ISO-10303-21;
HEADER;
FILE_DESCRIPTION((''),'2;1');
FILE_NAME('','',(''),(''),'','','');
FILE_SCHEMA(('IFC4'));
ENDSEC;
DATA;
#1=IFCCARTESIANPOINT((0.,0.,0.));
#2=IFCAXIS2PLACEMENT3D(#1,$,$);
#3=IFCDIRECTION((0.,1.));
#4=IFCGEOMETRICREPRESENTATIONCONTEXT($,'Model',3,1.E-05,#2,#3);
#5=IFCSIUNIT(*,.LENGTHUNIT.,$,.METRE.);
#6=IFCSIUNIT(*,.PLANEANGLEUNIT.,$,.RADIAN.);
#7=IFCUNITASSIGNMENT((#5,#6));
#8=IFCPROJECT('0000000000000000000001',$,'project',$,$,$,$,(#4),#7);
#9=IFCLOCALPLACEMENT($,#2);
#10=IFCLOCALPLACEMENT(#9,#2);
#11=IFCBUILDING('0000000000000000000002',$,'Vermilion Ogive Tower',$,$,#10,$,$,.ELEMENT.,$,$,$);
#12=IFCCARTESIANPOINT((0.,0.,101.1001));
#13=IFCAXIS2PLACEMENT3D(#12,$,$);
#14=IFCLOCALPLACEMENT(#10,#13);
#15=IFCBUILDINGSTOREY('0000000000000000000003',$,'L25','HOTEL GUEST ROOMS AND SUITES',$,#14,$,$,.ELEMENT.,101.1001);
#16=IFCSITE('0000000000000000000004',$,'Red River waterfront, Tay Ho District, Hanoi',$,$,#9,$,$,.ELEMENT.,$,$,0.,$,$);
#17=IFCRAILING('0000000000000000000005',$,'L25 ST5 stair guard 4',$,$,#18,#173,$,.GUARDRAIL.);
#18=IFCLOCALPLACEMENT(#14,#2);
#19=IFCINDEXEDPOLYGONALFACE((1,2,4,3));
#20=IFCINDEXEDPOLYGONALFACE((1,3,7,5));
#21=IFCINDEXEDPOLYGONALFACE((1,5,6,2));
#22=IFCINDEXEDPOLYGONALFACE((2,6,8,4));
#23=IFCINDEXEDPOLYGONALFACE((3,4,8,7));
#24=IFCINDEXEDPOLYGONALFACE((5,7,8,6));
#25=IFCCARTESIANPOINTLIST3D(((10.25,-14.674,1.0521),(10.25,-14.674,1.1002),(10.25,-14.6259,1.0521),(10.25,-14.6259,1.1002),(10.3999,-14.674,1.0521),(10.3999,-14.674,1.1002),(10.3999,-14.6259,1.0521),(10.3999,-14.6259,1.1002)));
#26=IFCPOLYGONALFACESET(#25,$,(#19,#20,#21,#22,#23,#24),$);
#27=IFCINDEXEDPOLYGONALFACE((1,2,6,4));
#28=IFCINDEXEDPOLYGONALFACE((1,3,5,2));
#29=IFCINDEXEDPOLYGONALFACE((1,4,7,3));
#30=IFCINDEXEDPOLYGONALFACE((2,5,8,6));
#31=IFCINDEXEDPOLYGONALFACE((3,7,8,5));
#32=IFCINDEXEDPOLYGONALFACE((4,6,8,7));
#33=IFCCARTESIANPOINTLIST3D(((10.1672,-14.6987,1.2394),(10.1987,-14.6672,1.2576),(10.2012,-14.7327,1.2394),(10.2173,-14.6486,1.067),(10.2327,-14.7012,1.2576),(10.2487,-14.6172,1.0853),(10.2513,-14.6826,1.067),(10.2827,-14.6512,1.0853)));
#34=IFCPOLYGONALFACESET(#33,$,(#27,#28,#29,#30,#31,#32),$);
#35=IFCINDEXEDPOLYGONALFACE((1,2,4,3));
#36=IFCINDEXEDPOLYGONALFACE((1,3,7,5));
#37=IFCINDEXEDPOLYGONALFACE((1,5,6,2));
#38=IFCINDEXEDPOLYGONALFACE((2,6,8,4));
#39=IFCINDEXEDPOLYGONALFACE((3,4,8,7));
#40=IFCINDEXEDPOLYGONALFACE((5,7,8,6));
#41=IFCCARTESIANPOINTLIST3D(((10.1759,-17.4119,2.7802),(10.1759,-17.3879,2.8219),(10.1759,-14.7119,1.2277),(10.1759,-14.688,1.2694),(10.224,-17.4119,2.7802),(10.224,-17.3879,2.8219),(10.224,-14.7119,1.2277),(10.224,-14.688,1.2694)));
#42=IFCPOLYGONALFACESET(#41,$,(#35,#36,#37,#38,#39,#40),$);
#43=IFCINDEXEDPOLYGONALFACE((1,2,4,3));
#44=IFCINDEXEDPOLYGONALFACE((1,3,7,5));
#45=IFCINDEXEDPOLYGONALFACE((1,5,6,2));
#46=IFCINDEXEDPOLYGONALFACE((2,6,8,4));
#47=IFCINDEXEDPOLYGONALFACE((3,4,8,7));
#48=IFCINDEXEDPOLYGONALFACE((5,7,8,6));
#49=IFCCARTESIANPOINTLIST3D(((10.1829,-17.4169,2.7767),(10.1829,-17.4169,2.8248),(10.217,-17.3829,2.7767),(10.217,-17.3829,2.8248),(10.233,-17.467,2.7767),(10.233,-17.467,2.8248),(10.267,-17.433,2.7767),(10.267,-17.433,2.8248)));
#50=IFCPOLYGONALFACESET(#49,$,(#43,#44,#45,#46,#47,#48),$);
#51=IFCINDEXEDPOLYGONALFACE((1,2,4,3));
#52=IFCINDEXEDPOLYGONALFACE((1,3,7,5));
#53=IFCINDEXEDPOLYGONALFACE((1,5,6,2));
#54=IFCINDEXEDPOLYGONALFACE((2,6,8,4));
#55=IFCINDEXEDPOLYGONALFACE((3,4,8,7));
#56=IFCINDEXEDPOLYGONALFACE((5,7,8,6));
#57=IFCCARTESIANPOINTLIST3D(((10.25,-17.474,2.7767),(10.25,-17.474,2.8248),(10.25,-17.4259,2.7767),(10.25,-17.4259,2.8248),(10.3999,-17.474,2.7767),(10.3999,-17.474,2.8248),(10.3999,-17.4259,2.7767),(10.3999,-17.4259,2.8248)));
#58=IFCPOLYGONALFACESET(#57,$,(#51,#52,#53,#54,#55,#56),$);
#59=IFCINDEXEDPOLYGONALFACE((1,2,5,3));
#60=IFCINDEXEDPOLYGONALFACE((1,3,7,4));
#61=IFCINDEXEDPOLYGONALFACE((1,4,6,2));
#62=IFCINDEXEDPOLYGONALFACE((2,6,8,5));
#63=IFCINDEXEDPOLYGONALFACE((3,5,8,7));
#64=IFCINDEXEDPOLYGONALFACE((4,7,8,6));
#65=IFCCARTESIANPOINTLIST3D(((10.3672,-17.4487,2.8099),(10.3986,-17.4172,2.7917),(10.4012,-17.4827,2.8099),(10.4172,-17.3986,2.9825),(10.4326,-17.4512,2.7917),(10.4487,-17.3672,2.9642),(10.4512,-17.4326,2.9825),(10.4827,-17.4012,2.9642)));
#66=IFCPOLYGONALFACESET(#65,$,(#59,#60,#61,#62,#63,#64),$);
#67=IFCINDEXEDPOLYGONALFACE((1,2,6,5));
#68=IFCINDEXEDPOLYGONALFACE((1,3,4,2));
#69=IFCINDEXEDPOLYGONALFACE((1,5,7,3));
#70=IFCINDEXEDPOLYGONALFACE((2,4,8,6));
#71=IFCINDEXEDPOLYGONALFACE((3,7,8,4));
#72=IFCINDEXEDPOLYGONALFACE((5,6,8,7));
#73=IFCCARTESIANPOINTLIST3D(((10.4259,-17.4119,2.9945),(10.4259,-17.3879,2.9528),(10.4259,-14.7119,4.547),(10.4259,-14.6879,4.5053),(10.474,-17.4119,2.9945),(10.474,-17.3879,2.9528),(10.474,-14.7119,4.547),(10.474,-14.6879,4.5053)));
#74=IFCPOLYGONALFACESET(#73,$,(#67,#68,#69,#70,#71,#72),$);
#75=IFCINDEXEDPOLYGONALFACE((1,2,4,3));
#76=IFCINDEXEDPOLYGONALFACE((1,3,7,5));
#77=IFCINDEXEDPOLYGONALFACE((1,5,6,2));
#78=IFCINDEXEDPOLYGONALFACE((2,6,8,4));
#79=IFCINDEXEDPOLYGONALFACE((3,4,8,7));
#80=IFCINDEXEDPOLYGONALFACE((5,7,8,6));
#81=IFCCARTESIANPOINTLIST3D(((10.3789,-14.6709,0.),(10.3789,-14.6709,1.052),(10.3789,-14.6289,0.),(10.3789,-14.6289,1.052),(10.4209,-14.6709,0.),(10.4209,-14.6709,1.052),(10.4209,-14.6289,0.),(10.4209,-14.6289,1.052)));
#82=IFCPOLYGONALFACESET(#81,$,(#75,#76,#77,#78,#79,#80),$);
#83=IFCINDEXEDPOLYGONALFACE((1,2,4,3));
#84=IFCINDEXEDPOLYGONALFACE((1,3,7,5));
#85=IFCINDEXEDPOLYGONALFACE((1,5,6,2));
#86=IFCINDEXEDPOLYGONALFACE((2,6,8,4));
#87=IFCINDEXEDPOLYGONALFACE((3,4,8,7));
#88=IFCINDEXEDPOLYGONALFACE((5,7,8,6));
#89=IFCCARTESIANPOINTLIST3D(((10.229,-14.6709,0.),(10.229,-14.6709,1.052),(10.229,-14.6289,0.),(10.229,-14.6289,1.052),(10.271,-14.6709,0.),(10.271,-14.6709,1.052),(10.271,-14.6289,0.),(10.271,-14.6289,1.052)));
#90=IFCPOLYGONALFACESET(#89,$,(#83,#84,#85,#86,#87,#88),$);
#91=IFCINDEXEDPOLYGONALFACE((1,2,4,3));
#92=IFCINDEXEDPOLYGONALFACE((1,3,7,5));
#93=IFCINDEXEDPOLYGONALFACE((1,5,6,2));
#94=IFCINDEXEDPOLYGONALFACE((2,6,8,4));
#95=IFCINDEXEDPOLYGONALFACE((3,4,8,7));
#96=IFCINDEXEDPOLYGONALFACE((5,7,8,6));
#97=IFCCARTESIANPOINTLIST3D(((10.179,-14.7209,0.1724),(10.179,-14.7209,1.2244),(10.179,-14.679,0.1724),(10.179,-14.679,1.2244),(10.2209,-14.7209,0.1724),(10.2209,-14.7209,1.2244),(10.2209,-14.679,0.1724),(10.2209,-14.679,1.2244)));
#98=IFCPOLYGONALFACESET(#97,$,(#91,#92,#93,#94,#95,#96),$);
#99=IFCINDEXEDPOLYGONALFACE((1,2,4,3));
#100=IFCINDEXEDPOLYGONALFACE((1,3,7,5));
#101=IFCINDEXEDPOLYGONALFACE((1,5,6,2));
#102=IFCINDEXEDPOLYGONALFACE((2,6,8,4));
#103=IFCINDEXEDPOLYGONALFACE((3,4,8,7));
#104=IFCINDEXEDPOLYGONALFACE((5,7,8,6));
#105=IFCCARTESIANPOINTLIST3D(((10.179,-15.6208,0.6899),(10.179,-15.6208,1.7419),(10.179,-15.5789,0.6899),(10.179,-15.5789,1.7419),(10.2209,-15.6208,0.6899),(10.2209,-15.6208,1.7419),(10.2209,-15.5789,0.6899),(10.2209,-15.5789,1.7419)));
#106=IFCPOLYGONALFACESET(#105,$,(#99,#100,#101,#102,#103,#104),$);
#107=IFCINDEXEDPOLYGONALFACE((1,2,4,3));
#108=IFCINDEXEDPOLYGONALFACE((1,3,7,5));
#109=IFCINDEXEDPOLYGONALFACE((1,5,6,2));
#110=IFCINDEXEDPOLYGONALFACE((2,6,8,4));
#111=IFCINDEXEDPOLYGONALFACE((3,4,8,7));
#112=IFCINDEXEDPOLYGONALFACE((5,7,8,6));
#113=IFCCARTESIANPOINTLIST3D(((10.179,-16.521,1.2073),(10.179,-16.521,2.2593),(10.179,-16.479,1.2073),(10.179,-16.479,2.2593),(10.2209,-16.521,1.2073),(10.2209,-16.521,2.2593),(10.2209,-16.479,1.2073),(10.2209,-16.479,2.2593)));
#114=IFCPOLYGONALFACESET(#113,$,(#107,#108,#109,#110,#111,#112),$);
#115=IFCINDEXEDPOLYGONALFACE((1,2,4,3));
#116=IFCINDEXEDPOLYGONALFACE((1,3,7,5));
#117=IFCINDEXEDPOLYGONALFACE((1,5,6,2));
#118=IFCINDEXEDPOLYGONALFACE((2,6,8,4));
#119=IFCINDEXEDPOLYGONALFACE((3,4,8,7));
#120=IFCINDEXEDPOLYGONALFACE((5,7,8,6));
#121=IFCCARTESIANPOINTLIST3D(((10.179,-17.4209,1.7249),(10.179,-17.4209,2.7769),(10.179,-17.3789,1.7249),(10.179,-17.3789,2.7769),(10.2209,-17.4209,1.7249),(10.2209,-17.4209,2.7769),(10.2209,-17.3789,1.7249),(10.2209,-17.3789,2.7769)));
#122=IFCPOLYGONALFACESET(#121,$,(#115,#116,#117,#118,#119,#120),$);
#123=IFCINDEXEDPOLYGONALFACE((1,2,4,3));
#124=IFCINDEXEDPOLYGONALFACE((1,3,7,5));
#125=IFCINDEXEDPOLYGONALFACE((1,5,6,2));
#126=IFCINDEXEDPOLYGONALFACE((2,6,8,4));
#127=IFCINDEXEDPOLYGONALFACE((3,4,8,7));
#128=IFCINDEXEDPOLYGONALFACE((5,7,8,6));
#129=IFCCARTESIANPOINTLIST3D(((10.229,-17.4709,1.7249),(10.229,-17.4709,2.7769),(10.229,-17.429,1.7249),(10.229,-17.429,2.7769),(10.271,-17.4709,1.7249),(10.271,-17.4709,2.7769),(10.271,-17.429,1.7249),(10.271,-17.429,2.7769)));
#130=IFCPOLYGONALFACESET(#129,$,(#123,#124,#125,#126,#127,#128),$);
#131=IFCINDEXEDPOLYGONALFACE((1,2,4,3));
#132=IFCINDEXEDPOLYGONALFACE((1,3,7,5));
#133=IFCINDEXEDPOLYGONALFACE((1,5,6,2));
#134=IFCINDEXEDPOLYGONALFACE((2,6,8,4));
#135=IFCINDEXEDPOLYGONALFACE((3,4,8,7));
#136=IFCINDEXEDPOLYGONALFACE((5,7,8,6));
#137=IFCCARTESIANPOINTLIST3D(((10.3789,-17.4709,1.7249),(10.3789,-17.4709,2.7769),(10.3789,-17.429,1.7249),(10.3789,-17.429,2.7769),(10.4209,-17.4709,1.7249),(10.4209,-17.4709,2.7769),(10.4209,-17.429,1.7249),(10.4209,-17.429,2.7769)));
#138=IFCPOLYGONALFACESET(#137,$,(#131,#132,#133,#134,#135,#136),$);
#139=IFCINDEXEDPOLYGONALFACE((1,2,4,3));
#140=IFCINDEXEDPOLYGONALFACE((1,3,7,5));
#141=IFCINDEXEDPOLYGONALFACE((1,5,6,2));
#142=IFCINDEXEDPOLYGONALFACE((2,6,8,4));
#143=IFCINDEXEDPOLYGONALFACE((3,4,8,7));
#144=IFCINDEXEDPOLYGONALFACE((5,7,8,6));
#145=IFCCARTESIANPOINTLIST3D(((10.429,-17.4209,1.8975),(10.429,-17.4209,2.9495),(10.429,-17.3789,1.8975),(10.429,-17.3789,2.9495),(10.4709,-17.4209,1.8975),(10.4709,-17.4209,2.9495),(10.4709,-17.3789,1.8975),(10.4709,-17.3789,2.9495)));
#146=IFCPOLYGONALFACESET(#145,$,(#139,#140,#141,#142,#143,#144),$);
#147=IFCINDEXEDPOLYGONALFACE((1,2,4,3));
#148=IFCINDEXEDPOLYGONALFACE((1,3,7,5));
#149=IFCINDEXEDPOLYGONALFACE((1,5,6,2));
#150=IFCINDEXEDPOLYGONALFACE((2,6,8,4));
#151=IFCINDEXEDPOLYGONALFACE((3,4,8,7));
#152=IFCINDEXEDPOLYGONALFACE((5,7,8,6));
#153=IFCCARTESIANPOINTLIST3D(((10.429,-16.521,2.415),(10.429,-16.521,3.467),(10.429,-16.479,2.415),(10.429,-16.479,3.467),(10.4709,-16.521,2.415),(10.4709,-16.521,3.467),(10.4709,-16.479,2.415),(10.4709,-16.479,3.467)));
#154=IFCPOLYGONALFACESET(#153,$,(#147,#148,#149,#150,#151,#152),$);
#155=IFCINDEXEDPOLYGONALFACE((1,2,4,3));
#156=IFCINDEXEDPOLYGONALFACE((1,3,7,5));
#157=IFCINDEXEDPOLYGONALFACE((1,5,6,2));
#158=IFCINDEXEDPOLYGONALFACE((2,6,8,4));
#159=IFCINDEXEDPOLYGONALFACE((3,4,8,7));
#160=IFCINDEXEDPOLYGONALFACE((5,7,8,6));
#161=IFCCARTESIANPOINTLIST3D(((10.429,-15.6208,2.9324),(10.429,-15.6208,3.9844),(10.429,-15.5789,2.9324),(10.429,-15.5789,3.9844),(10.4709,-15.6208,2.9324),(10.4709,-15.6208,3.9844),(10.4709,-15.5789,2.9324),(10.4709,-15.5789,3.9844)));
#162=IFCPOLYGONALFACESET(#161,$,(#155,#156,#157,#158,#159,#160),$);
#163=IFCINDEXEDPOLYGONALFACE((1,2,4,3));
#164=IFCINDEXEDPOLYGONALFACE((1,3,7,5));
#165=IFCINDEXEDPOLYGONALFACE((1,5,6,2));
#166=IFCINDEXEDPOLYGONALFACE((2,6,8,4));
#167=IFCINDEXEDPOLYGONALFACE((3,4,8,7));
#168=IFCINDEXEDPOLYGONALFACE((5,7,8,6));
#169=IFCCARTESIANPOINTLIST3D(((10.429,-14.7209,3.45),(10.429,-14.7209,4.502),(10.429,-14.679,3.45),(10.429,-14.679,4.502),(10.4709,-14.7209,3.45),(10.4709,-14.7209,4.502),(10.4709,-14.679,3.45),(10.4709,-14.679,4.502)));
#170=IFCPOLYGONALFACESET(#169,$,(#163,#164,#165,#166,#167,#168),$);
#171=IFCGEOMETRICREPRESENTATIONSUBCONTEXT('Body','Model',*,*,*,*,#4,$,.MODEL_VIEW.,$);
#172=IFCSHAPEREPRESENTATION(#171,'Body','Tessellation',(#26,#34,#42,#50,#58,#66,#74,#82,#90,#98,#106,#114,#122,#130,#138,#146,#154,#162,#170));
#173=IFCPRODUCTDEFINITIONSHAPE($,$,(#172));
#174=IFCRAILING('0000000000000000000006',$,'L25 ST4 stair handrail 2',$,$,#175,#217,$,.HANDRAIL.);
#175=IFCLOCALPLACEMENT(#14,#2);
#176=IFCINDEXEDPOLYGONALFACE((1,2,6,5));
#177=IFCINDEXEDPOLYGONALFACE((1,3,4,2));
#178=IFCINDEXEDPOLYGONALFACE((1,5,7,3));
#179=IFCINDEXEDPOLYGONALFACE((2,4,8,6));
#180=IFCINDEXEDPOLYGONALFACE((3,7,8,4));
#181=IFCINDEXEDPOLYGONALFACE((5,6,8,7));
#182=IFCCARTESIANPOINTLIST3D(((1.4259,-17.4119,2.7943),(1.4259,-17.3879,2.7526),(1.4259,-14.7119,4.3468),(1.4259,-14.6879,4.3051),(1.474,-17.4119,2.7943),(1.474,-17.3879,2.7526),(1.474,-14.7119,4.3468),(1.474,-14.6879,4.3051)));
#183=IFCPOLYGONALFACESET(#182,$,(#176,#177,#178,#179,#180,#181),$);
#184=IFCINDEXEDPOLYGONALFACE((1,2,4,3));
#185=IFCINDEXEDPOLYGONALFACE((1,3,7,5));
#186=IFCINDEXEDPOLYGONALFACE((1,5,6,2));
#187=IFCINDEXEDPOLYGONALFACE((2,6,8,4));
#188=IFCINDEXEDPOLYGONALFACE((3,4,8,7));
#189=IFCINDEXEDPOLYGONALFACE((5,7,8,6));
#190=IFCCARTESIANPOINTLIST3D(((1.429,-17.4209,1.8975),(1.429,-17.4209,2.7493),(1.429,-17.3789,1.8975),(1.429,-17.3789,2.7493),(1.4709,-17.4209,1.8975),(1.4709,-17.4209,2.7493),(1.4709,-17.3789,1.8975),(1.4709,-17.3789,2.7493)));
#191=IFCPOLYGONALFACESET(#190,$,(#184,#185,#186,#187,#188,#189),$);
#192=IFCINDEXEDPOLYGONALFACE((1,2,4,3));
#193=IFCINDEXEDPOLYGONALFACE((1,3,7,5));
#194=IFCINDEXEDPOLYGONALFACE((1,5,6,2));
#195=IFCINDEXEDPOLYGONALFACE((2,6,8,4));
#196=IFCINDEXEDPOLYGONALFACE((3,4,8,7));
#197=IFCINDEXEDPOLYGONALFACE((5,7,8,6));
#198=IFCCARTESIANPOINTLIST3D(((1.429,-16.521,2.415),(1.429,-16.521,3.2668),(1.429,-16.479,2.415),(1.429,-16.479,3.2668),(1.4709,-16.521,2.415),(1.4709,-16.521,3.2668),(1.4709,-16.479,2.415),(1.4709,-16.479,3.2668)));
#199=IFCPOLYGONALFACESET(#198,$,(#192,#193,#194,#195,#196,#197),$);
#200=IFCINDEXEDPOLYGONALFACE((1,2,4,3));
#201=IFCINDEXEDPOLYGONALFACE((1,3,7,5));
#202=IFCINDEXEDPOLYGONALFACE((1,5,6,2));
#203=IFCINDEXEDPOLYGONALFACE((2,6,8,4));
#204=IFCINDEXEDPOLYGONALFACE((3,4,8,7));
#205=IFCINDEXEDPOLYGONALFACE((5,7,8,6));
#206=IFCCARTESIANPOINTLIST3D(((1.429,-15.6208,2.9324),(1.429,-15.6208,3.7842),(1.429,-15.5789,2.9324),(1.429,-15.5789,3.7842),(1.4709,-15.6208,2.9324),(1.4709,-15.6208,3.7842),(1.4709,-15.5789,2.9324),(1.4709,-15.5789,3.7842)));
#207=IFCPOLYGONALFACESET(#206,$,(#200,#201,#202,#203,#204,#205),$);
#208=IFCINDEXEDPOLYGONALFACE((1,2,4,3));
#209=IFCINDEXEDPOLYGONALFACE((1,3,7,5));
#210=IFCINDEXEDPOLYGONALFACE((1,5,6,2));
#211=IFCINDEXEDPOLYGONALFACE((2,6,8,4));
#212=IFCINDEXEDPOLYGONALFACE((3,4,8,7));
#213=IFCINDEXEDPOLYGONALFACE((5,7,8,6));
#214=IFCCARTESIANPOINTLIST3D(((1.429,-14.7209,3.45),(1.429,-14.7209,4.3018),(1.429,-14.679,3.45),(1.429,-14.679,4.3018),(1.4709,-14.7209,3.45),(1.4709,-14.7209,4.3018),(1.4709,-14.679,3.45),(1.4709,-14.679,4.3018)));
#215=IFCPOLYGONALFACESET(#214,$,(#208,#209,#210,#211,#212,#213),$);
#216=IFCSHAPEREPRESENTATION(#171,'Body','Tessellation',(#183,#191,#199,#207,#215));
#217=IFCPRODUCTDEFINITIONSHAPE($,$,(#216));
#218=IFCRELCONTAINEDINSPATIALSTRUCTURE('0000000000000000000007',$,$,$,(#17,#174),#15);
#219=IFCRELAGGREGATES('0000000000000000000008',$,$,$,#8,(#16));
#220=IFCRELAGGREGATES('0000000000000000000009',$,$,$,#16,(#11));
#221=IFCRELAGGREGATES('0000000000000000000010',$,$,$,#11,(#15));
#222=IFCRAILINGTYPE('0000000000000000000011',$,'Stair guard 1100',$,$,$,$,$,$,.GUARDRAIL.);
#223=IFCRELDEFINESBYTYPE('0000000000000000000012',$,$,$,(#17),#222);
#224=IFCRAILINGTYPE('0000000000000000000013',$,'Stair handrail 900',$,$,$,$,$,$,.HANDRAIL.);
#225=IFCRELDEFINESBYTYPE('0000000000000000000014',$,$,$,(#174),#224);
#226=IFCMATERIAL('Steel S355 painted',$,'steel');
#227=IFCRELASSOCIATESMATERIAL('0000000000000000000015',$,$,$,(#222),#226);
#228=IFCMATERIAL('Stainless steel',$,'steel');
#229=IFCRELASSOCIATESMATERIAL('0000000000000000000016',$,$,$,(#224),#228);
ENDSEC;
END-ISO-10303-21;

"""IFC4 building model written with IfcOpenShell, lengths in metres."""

from ifc_helpers import new_model, si_unit, direction, frame, origin, origin_2d, place, context, subcontext, project, spatial, rectangle, extrude, material, type_object, element, save


model = new_model("IFC4")

# Units and contexts
model_context = context("Model", 3, precision=1e-05, world=origin(), true_north=direction((0.0, 1.0)))
body_context = subcontext(model_context, "Body", "Model", "MODEL_VIEW")
ifc_project = project(units=[si_unit("LENGTHUNIT", "METRE"), si_unit("PLANEANGLEUNIT", "RADIAN")], contexts=[model_context])

# Site, building, storey
site_placement = place(None, origin())
site = spatial("IfcSite", under=ifc_project, at=site_placement, Name="Red River waterfront, Tay Ho District, Hanoi", CompositionType="ELEMENT", RefElevation=0.0)
building_placement = place(site_placement, origin())
building = spatial("IfcBuilding", under=site, at=building_placement, Name="Vermilion Ogive Tower", CompositionType="ELEMENT")
storey_placement = place(building_placement, frame((0.0, 0.0, 101.1001)))
storey = spatial("IfcBuildingStorey", under=building, at=storey_placement, Name="L25", Description="HOTEL GUEST ROOMS AND SUITES", CompositionType="ELEMENT", Elevation=101.1001)

# Railings
ifc_material_1 = material(Name="Steel S355 painted", Category="steel")
railing_type_1 = type_object("IfcRailingType", Name="Stair guard 1100", PredefinedType="GUARDRAIL", material=ifc_material_1)
railing_1_placement = place(storey_placement, frame((10.3999, -14.6499, 0.0)))
element("IfcRailing", 1, at=railing_1_placement, inside=storey, type_object=railing_type_1, Name="L25 ST5 stair guard 4", PredefinedType="GUARDRAIL", context=body_context, shape_type="SweptSolid", body=[
    extrude(rectangle(XDim=0.0481, YDim=0.0481, at=origin_2d()), frame((0.0, 0.0, 1.0762), z_axis=(-1.0, 0.0, 0.0), x_axis=(0.0, -1.0, 0.0)), (0.0, 0.0, 1.0), 0.1499),
    extrude(rectangle(XDim=0.0481, YDim=0.0481, at=origin_2d()), frame((-0.1499, 0.0, 1.0762), z_axis=(-0.268603, -0.268603, 0.925043), x_axis=(0.707107, -0.707107, 0.0)), (0.0, 0.0, 1.0), 0.1863),
    extrude(rectangle(XDim=0.0481, YDim=0.0481, at=origin_2d()), frame((-0.2, -0.05, 1.2485), z_axis=(0.0, -0.866904, 0.498476), x_axis=(1.0, 0.0, 0.0)), (0.0, 0.0, 1.0), 3.1145),
    extrude(rectangle(XDim=0.0481, YDim=0.0481, at=origin_2d()), frame((-0.2, -2.75, 2.8008), z_axis=(0.707107, -0.707107, 0.0), x_axis=(0.707107, 0.707107, 0.0)), (0.0, 0.0, 1.0), 0.0708),
    extrude(rectangle(XDim=0.0481, YDim=0.0481, at=origin_2d()), frame((-0.1499, -2.8, 2.8008), z_axis=(1.0, 0.0, 0.0), x_axis=(0.0, 1.0, 0.0)), (0.0, 0.0, 1.0), 0.1499),
    extrude(rectangle(XDim=0.0481, YDim=0.0481, at=origin_2d()), frame((0.0, -2.8, 2.8008), z_axis=(0.268278, 0.268278, 0.925232), x_axis=(-0.707107, 0.707107, 0.0)), (0.0, 0.0, 1.0), 0.1865),
    extrude(rectangle(XDim=0.0481, YDim=0.0481, at=origin_2d()), frame((0.05, -2.75, 2.9736), z_axis=(0.0, 0.866904, 0.498476), x_axis=(-1.0, 0.0, 0.0)), (0.0, 0.0, 1.0), 3.1145),
    extrude(rectangle(XDim=0.042, YDim=0.042, at=origin_2d()), origin(), (0.0, 0.0, 1.0), 1.052),
    extrude(rectangle(XDim=0.042, YDim=0.042, at=origin_2d()), frame((-0.1499, 0.0, 0.0)), (0.0, 0.0, 1.0), 1.052),
    extrude(rectangle(XDim=0.042, YDim=0.042, at=origin_2d()), frame((-0.2, -0.05, 0.1724)), (0.0, 0.0, 1.0), 1.052),
    extrude(rectangle(XDim=0.042, YDim=0.042, at=origin_2d()), frame((-0.2, -0.95, 0.6899)), (0.0, 0.0, 1.0), 1.052),
    extrude(rectangle(XDim=0.042, YDim=0.042, at=origin_2d()), frame((-0.2, -1.8501, 1.2073)), (0.0, 0.0, 1.0), 1.052),
    extrude(rectangle(XDim=0.042, YDim=0.042, at=origin_2d()), frame((-0.2, -2.75, 1.7249)), (0.0, 0.0, 1.0), 1.052),
    extrude(rectangle(XDim=0.042, YDim=0.042, at=origin_2d()), frame((-0.1499, -2.8, 1.7249)), (0.0, 0.0, 1.0), 1.052),
    extrude(rectangle(XDim=0.042, YDim=0.042, at=origin_2d()), frame((0.0, -2.8, 1.7249)), (0.0, 0.0, 1.0), 1.052),
    extrude(rectangle(XDim=0.042, YDim=0.042, at=origin_2d()), frame((0.05, -2.75, 1.8975)), (0.0, 0.0, 1.0), 1.052),
    extrude(rectangle(XDim=0.042, YDim=0.042, at=origin_2d()), frame((0.05, -1.8501, 2.415)), (0.0, 0.0, 1.0), 1.052),
    extrude(rectangle(XDim=0.042, YDim=0.042, at=origin_2d()), frame((0.05, -0.95, 2.9324)), (0.0, 0.0, 1.0), 1.052),
    extrude(rectangle(XDim=0.042, YDim=0.042, at=origin_2d()), frame((0.05, -0.05, 3.45)), (0.0, 0.0, 1.0), 1.052),
])
ifc_material_2 = material(Name="Stainless steel", Category="steel")
railing_type_2 = type_object("IfcRailingType", Name="Stair handrail 900", PredefinedType="HANDRAIL", material=ifc_material_2)
railing_2_placement = place(storey_placement, frame((1.45, -17.3999, 1.8975)))
element("IfcRailing", 2, at=railing_2_placement, inside=storey, type_object=railing_type_2, Name="L25 ST4 stair handrail 2", PredefinedType="HANDRAIL", context=body_context, shape_type="SweptSolid", body=[
    extrude(rectangle(XDim=0.0481, YDim=0.0481, at=origin_2d()), frame((0.0, 0.0, 0.876), z_axis=(0.0, 0.866904, 0.498476), x_axis=(-1.0, 0.0, 0.0)), (0.0, 0.0, 1.0), 3.1145),
    extrude(rectangle(XDim=0.042, YDim=0.042, at=origin_2d()), origin(), (0.0, 0.0, 1.0), 0.8518),
    extrude(rectangle(XDim=0.042, YDim=0.042, at=origin_2d()), frame((0.0, 0.8999, 0.5176)), (0.0, 0.0, 1.0), 0.8518),
    extrude(rectangle(XDim=0.042, YDim=0.042, at=origin_2d()), frame((0.0, 1.8, 1.0349)), (0.0, 0.0, 1.0), 0.8518),
    extrude(rectangle(XDim=0.042, YDim=0.042, at=origin_2d()), frame((0.0, 2.7, 1.5525)), (0.0, 0.0, 1.0), 0.8518),
])

save(model, "model.ifc")
